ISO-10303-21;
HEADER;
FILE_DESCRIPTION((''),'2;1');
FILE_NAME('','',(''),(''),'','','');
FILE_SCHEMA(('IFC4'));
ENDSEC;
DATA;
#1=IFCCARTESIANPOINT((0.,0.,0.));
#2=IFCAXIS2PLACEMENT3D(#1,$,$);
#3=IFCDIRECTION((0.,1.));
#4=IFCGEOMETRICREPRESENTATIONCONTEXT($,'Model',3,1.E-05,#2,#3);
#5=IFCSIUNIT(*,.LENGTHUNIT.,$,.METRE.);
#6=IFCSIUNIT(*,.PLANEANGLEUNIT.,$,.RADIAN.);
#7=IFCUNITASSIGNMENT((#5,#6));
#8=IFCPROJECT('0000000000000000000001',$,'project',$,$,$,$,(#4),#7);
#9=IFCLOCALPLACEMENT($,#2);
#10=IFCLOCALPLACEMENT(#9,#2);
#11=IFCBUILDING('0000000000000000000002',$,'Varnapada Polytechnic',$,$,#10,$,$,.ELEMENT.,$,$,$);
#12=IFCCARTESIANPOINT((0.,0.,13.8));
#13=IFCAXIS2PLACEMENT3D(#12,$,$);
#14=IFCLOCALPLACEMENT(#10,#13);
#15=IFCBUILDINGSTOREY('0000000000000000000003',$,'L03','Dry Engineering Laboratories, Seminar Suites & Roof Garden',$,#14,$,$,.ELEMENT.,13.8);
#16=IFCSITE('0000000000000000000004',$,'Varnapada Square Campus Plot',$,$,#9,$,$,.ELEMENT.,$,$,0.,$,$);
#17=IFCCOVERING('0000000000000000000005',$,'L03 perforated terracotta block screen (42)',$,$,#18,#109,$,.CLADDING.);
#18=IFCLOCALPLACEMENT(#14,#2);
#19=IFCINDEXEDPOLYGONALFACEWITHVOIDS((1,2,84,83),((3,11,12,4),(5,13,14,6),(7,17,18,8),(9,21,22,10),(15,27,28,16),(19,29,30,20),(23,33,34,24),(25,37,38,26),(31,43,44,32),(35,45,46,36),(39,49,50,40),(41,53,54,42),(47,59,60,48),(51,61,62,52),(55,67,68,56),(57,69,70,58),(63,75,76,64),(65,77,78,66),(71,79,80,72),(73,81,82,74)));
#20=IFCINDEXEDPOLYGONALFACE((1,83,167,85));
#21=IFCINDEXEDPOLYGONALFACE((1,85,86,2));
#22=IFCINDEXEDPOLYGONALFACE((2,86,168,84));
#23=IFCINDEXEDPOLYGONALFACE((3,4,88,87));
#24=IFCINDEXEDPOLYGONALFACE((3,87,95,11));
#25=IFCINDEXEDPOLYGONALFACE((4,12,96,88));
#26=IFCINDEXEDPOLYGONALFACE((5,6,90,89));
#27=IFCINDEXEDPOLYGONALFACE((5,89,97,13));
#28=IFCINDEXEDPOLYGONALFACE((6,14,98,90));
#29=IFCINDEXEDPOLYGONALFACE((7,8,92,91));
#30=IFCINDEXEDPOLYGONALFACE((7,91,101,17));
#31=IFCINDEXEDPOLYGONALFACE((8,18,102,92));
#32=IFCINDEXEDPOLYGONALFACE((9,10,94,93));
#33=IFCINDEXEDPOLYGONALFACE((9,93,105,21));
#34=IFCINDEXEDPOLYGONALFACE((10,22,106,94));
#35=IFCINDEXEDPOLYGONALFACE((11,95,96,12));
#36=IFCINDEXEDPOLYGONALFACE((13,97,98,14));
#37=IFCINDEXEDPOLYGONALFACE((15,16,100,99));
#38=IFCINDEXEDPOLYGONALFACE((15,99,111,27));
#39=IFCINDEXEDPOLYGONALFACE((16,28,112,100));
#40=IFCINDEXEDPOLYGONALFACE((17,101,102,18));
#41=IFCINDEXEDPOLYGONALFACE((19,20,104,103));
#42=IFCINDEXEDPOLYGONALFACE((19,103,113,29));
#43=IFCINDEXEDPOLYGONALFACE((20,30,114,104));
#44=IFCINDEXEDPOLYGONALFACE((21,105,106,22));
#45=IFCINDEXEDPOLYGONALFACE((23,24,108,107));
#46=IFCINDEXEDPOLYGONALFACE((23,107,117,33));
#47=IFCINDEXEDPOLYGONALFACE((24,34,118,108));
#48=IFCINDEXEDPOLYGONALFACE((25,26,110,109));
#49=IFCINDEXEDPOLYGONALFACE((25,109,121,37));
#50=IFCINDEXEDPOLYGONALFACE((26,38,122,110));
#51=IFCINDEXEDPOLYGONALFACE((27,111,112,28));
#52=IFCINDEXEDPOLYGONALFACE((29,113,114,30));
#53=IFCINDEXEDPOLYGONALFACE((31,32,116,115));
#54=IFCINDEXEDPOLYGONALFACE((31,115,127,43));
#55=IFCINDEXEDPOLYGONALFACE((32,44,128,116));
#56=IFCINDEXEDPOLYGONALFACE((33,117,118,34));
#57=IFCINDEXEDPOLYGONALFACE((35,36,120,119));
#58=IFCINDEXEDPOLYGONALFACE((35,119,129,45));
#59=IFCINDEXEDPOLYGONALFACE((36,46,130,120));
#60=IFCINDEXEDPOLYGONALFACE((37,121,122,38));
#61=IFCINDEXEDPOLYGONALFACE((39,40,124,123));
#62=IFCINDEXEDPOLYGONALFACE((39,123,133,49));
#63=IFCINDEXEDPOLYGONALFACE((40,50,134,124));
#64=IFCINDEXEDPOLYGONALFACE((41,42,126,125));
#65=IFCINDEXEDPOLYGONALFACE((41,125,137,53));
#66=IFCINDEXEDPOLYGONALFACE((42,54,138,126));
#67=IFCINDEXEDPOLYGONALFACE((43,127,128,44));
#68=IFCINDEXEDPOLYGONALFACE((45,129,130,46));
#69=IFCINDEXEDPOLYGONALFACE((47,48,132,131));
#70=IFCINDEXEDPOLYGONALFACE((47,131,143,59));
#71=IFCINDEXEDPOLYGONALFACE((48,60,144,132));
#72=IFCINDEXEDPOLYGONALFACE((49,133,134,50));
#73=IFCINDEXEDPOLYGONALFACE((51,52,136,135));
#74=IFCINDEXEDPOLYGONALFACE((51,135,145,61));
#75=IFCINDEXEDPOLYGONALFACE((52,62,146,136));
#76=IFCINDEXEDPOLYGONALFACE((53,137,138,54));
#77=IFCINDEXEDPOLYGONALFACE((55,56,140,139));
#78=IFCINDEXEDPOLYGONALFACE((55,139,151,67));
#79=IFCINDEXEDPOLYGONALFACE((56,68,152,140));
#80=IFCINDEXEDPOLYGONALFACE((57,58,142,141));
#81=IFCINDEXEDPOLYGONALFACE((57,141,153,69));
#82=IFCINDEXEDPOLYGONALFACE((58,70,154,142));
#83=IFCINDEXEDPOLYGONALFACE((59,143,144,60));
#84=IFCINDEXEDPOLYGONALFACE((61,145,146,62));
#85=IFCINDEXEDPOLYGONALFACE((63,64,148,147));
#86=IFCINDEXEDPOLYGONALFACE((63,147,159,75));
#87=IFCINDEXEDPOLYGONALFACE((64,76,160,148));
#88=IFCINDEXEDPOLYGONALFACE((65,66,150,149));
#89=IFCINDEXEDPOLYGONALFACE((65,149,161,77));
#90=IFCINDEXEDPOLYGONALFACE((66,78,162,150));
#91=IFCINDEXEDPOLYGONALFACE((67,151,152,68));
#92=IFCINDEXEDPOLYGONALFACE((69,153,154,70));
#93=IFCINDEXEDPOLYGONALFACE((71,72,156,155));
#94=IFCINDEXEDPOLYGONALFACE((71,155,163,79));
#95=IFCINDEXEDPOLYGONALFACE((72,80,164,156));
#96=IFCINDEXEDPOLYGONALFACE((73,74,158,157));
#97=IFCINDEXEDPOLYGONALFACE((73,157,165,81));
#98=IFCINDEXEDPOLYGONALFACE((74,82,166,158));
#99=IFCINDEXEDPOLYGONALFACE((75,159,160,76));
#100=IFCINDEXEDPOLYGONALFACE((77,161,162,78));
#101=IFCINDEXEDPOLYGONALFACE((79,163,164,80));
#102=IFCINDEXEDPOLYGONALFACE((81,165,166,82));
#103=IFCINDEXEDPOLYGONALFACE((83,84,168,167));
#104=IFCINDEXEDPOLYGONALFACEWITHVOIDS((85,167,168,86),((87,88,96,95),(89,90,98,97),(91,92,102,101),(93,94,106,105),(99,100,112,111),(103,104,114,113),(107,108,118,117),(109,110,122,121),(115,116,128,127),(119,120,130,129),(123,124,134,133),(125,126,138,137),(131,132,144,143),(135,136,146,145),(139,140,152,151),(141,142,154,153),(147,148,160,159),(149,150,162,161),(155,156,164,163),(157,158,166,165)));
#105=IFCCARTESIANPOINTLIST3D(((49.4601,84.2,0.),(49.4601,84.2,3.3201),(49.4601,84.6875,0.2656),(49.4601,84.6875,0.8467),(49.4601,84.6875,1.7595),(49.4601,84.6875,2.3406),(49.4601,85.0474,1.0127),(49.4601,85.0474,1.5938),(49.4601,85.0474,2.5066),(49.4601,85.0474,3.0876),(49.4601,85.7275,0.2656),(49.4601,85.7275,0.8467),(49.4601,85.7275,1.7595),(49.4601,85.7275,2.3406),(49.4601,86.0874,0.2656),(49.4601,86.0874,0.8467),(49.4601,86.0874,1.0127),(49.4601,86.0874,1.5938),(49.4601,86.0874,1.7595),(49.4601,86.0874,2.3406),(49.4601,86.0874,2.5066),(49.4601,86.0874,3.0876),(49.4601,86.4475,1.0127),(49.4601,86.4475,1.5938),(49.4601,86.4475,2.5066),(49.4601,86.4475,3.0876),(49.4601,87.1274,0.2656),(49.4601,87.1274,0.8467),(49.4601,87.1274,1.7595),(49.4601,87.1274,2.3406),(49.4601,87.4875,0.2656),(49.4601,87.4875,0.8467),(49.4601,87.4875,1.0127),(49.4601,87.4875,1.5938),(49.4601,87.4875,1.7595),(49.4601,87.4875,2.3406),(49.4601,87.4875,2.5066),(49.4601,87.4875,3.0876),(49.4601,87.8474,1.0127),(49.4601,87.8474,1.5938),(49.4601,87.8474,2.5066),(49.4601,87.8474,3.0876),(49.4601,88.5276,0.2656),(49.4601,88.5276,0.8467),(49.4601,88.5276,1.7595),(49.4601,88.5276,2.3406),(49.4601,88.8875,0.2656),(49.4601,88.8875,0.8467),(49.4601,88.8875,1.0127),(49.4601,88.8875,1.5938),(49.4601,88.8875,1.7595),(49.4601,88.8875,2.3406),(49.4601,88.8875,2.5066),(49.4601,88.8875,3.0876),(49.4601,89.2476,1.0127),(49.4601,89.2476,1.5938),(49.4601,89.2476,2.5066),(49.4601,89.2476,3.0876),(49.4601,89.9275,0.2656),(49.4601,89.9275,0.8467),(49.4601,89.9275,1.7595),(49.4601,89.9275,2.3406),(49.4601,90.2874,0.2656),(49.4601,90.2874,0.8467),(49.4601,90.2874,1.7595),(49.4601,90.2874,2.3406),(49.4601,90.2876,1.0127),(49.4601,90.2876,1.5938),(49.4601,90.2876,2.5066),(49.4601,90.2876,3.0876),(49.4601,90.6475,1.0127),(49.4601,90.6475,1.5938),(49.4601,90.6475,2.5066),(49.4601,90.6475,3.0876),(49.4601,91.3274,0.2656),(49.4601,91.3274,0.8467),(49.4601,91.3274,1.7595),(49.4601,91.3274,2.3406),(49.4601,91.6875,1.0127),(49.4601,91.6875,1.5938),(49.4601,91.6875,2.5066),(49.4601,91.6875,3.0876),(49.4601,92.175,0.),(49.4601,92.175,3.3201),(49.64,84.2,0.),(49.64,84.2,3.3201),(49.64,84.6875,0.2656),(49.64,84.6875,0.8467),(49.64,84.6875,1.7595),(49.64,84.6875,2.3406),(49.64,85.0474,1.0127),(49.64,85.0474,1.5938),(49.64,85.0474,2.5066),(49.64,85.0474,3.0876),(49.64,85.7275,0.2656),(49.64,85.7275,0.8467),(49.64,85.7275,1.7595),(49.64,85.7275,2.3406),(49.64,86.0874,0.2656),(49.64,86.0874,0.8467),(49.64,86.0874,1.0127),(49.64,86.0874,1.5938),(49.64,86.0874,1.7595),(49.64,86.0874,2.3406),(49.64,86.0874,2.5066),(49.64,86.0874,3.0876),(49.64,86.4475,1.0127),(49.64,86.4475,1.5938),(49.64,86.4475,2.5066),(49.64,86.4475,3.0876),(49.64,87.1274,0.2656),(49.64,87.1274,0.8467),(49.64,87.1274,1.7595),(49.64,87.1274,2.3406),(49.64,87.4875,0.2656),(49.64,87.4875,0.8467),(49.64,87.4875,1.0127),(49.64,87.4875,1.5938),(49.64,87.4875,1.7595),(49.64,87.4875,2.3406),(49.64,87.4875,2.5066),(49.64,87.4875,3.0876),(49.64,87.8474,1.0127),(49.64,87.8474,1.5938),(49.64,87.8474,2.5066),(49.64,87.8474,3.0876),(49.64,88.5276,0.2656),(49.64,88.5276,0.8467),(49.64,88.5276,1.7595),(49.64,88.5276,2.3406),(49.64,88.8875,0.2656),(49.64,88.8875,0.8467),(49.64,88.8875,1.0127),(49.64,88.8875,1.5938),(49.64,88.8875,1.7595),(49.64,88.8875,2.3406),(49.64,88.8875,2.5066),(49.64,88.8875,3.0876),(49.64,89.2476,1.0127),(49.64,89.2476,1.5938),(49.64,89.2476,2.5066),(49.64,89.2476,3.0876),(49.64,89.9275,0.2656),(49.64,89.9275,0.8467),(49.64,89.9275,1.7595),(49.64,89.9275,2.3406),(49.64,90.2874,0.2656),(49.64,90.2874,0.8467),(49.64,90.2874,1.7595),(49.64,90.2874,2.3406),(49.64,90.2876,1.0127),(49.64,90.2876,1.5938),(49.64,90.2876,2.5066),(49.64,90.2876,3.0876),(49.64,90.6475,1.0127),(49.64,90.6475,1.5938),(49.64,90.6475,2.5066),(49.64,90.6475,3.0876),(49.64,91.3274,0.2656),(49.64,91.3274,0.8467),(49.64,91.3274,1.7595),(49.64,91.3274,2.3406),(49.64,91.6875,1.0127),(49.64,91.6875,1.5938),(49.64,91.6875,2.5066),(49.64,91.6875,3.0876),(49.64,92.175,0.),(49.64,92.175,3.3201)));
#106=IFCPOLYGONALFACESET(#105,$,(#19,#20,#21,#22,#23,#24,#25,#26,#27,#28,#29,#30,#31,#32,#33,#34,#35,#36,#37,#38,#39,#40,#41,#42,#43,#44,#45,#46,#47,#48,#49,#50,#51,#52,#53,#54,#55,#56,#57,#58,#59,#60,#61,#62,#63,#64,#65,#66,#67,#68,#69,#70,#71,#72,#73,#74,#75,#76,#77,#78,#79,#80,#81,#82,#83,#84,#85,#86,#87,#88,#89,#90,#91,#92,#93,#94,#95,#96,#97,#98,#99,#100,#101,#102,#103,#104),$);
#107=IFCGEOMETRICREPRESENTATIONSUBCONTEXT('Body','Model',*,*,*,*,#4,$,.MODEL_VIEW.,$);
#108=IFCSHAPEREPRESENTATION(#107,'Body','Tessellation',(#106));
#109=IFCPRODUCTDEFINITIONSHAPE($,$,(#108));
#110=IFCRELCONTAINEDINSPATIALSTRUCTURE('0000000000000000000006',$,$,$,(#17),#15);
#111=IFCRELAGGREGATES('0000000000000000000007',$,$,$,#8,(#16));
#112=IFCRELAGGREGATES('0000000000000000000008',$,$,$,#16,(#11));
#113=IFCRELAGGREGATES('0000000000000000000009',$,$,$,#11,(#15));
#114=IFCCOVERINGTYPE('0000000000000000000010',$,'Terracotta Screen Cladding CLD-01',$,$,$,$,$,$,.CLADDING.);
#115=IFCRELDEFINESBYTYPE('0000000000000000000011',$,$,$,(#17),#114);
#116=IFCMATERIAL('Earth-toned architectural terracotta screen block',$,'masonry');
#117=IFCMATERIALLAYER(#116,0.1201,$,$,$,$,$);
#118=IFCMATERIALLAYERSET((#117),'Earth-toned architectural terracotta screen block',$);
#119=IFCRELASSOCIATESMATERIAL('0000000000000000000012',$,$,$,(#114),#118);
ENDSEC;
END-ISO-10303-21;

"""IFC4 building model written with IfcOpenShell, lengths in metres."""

from ifc_helpers import new_model, si_unit, direction, frame, frame_2d, origin, place, context, subcontext, project, spatial, rectangle, extrude, material, layer, layer_set, type_object, element, save


model = new_model("IFC4")

# Units and contexts
model_context = context("Model", 3, precision=1e-05, world=origin(), true_north=direction((0.0, 1.0)))
body_context = subcontext(model_context, "Body", "Model", "MODEL_VIEW")
ifc_project = project(units=[si_unit("LENGTHUNIT", "METRE"), si_unit("PLANEANGLEUNIT", "RADIAN")], contexts=[model_context])

# Site, building, storey
site_placement = place(None, origin())
site = spatial("IfcSite", under=ifc_project, at=site_placement, Name="Varnapada Square Campus Plot", CompositionType="ELEMENT", RefElevation=0.0)
building_placement = place(site_placement, origin())
building = spatial("IfcBuilding", under=site, at=building_placement, Name="Varnapada Polytechnic", CompositionType="ELEMENT")
storey_placement = place(building_placement, frame((0.0, 0.0, 13.8)))
storey = spatial("IfcBuildingStorey", under=building, at=storey_placement, Name="L03", Description="Dry Engineering Laboratories, Seminar Suites & Roof Garden", CompositionType="ELEMENT", Elevation=13.8)

# Covering, openings
ifc_material = material(Name="Earth-toned architectural terracotta screen block", Category="masonry")
ifc_layer = layer(ifc_material, 0.1201)
ifc_layer_set = layer_set([ifc_layer], Name="Earth-toned architectural terracotta screen block")
covering_type = type_object("IfcCoveringType", Name="Terracotta Screen Cladding CLD-01", PredefinedType="CLADDING", material=ifc_layer_set)
covering_placement = place(storey_placement, frame((49.55, 84.2, 0.0), z_axis=(0.0, 0.0, 1.0), x_axis=(0.0, 1.0, 0.0)))
covering = element("IfcCovering", 1, at=covering_placement, inside=storey, type_object=covering_type, Name="L03 perforated terracotta block screen (42)", PredefinedType="CLADDING", context=body_context, shape_type="SweptSolid", body=[
    extrude(rectangle(XDim=7.9751, YDim=0.1799, at=frame_2d((3.9875, 0.0))), origin(), (0.0, 0.0, 1.0), 3.3201),
])
opening_1_placement = place(covering_placement, frame((0.4875, 0.0, 0.2656)))
element("IfcOpeningElement", 2, at=opening_1_placement, cuts=covering, PredefinedType="OPENING", context=body_context, shape_type="SweptSolid", body=[
    extrude(rectangle(XDim=1.04, YDim=0.5811, at=frame_2d((0.52, 0.2905))), frame((0.0, 0.0999, 0.0), z_axis=(0.0, -1.0, 0.0), x_axis=(1.0, 0.0, 0.0)), (0.0, 0.0, 1.0), 0.2),
])
opening_2_placement = place(covering_placement, frame((1.8875, 0.0, 0.2656)))
element("IfcOpeningElement", 3, at=opening_2_placement, cuts=covering, PredefinedType="OPENING", context=body_context, shape_type="SweptSolid", body=[
    extrude(rectangle(XDim=1.04, YDim=0.5811, at=frame_2d((0.52, 0.2905))), frame((0.0, 0.0999, 0.0), z_axis=(0.0, -1.0, 0.0), x_axis=(1.0, 0.0, 0.0)), (0.0, 0.0, 1.0), 0.2),
])
opening_3_placement = place(covering_placement, frame((3.2876, 0.0, 0.2656)))
element("IfcOpeningElement", 4, at=opening_3_placement, cuts=covering, PredefinedType="OPENING", context=body_context, shape_type="SweptSolid", body=[
    extrude(rectangle(XDim=1.04, YDim=0.5811, at=frame_2d((0.52, 0.2905))), frame((0.0, 0.0999, 0.0), z_axis=(0.0, -1.0, 0.0), x_axis=(1.0, 0.0, 0.0)), (0.0, 0.0, 1.0), 0.2),
])
opening_4_placement = place(covering_placement, frame((4.6875, 0.0, 0.2656)))
element("IfcOpeningElement", 5, at=opening_4_placement, cuts=covering, PredefinedType="OPENING", context=body_context, shape_type="SweptSolid", body=[
    extrude(rectangle(XDim=1.04, YDim=0.5811, at=frame_2d((0.52, 0.2905))), frame((0.0, 0.0999, 0.0), z_axis=(0.0, -1.0, 0.0), x_axis=(1.0, 0.0, 0.0)), (0.0, 0.0, 1.0), 0.2),
])
opening_5_placement = place(covering_placement, frame((6.0874, 0.0, 0.2656)))
element("IfcOpeningElement", 6, at=opening_5_placement, cuts=covering, PredefinedType="OPENING", context=body_context, shape_type="SweptSolid", body=[
    extrude(rectangle(XDim=1.04, YDim=0.5811, at=frame_2d((0.52, 0.2905))), frame((0.0, 0.0999, 0.0), z_axis=(0.0, -1.0, 0.0), x_axis=(1.0, 0.0, 0.0)), (0.0, 0.0, 1.0), 0.2),
])
opening_6_placement = place(covering_placement, frame((0.8474, 0.0, 1.0127)))
element("IfcOpeningElement", 7, at=opening_6_placement, cuts=covering, PredefinedType="OPENING", context=body_context, shape_type="SweptSolid", body=[
    extrude(rectangle(XDim=1.04, YDim=0.5811, at=frame_2d((0.52, 0.2905))), frame((0.0, 0.0999, 0.0), z_axis=(0.0, -1.0, 0.0), x_axis=(1.0, 0.0, 0.0)), (0.0, 0.0, 1.0), 0.2),
])
opening_7_placement = place(covering_placement, frame((2.2476, 0.0, 1.0127)))
element("IfcOpeningElement", 8, at=opening_7_placement, cuts=covering, PredefinedType="OPENING", context=body_context, shape_type="SweptSolid", body=[
    extrude(rectangle(XDim=1.04, YDim=0.5811, at=frame_2d((0.52, 0.2905))), frame((0.0, 0.0999, 0.0), z_axis=(0.0, -1.0, 0.0), x_axis=(1.0, 0.0, 0.0)), (0.0, 0.0, 1.0), 0.2),
])
opening_8_placement = place(covering_placement, frame((3.6475, 0.0, 1.0127)))
element("IfcOpeningElement", 9, at=opening_8_placement, cuts=covering, PredefinedType="OPENING", context=body_context, shape_type="SweptSolid", body=[
    extrude(rectangle(XDim=1.04, YDim=0.5811, at=frame_2d((0.52, 0.2905))), frame((0.0, 0.0999, 0.0), z_axis=(0.0, -1.0, 0.0), x_axis=(1.0, 0.0, 0.0)), (0.0, 0.0, 1.0), 0.2),
])
opening_9_placement = place(covering_placement, frame((5.0476, 0.0, 1.0127)))
element("IfcOpeningElement", 10, at=opening_9_placement, cuts=covering, PredefinedType="OPENING", context=body_context, shape_type="SweptSolid", body=[
    extrude(rectangle(XDim=1.04, YDim=0.5811, at=frame_2d((0.52, 0.2905))), frame((0.0, 0.0999, 0.0), z_axis=(0.0, -1.0, 0.0), x_axis=(1.0, 0.0, 0.0)), (0.0, 0.0, 1.0), 0.2),
])
opening_10_placement = place(covering_placement, frame((6.4475, 0.0, 1.0127)))
element("IfcOpeningElement", 11, at=opening_10_placement, cuts=covering, PredefinedType="OPENING", context=body_context, shape_type="SweptSolid", body=[
    extrude(rectangle(XDim=1.04, YDim=0.5811, at=frame_2d((0.52, 0.2905))), frame((0.0, 0.0999, 0.0), z_axis=(0.0, -1.0, 0.0), x_axis=(1.0, 0.0, 0.0)), (0.0, 0.0, 1.0), 0.2),
])
opening_11_placement = place(covering_placement, frame((0.4875, 0.0, 1.7595)))
element("IfcOpeningElement", 12, at=opening_11_placement, cuts=covering, PredefinedType="OPENING", context=body_context, shape_type="SweptSolid", body=[
    extrude(rectangle(XDim=1.04, YDim=0.5811, at=frame_2d((0.52, 0.2905))), frame((0.0, 0.0999, 0.0), z_axis=(0.0, -1.0, 0.0), x_axis=(1.0, 0.0, 0.0)), (0.0, 0.0, 1.0), 0.2),
])
opening_12_placement = place(covering_placement, frame((1.8875, 0.0, 1.7595)))
element("IfcOpeningElement", 13, at=opening_12_placement, cuts=covering, PredefinedType="OPENING", context=body_context, shape_type="SweptSolid", body=[
    extrude(rectangle(XDim=1.04, YDim=0.5811, at=frame_2d((0.52, 0.2905))), frame((0.0, 0.0999, 0.0), z_axis=(0.0, -1.0, 0.0), x_axis=(1.0, 0.0, 0.0)), (0.0, 0.0, 1.0), 0.2),
])
opening_13_placement = place(covering_placement, frame((3.2876, 0.0, 1.7595)))
element("IfcOpeningElement", 14, at=opening_13_placement, cuts=covering, PredefinedType="OPENING", context=body_context, shape_type="SweptSolid", body=[
    extrude(rectangle(XDim=1.04, YDim=0.5811, at=frame_2d((0.52, 0.2905))), frame((0.0, 0.0999, 0.0), z_axis=(0.0, -1.0, 0.0), x_axis=(1.0, 0.0, 0.0)), (0.0, 0.0, 1.0), 0.2),
])
opening_14_placement = place(covering_placement, frame((4.6875, 0.0, 1.7595)))
element("IfcOpeningElement", 15, at=opening_14_placement, cuts=covering, PredefinedType="OPENING", context=body_context, shape_type="SweptSolid", body=[
    extrude(rectangle(XDim=1.04, YDim=0.5811, at=frame_2d((0.52, 0.2905))), frame((0.0, 0.0999, 0.0), z_axis=(0.0, -1.0, 0.0), x_axis=(1.0, 0.0, 0.0)), (0.0, 0.0, 1.0), 0.2),
])
opening_15_placement = place(covering_placement, frame((6.0874, 0.0, 1.7595)))
element("IfcOpeningElement", 16, at=opening_15_placement, cuts=covering, PredefinedType="OPENING", context=body_context, shape_type="SweptSolid", body=[
    extrude(rectangle(XDim=1.04, YDim=0.5811, at=frame_2d((0.52, 0.2905))), frame((0.0, 0.0999, 0.0), z_axis=(0.0, -1.0, 0.0), x_axis=(1.0, 0.0, 0.0)), (0.0, 0.0, 1.0), 0.2),
])
opening_16_placement = place(covering_placement, frame((0.8474, 0.0, 2.5066)))
element("IfcOpeningElement", 17, at=opening_16_placement, cuts=covering, PredefinedType="OPENING", context=body_context, shape_type="SweptSolid", body=[
    extrude(rectangle(XDim=1.04, YDim=0.5811, at=frame_2d((0.52, 0.2905))), frame((0.0, 0.0999, 0.0), z_axis=(0.0, -1.0, 0.0), x_axis=(1.0, 0.0, 0.0)), (0.0, 0.0, 1.0), 0.2),
])
opening_17_placement = place(covering_placement, frame((2.2476, 0.0, 2.5066)))
element("IfcOpeningElement", 18, at=opening_17_placement, cuts=covering, PredefinedType="OPENING", context=body_context, shape_type="SweptSolid", body=[
    extrude(rectangle(XDim=1.04, YDim=0.5811, at=frame_2d((0.52, 0.2905))), frame((0.0, 0.0999, 0.0), z_axis=(0.0, -1.0, 0.0), x_axis=(1.0, 0.0, 0.0)), (0.0, 0.0, 1.0), 0.2),
])
opening_18_placement = place(covering_placement, frame((3.6475, 0.0, 2.5066)))
element("IfcOpeningElement", 19, at=opening_18_placement, cuts=covering, PredefinedType="OPENING", context=body_context, shape_type="SweptSolid", body=[
    extrude(rectangle(XDim=1.04, YDim=0.5811, at=frame_2d((0.52, 0.2905))), frame((0.0, 0.0999, 0.0), z_axis=(0.0, -1.0, 0.0), x_axis=(1.0, 0.0, 0.0)), (0.0, 0.0, 1.0), 0.2),
])
opening_19_placement = place(covering_placement, frame((5.0476, 0.0, 2.5066)))
element("IfcOpeningElement", 20, at=opening_19_placement, cuts=covering, PredefinedType="OPENING", context=body_context, shape_type="SweptSolid", body=[
    extrude(rectangle(XDim=1.04, YDim=0.5811, at=frame_2d((0.52, 0.2905))), frame((0.0, 0.0999, 0.0), z_axis=(0.0, -1.0, 0.0), x_axis=(1.0, 0.0, 0.0)), (0.0, 0.0, 1.0), 0.2),
])
opening_20_placement = place(covering_placement, frame((6.4475, 0.0, 2.5066)))
element("IfcOpeningElement", 21, at=opening_20_placement, cuts=covering, PredefinedType="OPENING", context=body_context, shape_type="SweptSolid", body=[
    extrude(rectangle(XDim=1.04, YDim=0.5811, at=frame_2d((0.52, 0.2905))), frame((0.0, 0.0999, 0.0), z_axis=(0.0, -1.0, 0.0), x_axis=(1.0, 0.0, 0.0)), (0.0, 0.0, 1.0), 0.2),
])

save(model, "model.ifc")
